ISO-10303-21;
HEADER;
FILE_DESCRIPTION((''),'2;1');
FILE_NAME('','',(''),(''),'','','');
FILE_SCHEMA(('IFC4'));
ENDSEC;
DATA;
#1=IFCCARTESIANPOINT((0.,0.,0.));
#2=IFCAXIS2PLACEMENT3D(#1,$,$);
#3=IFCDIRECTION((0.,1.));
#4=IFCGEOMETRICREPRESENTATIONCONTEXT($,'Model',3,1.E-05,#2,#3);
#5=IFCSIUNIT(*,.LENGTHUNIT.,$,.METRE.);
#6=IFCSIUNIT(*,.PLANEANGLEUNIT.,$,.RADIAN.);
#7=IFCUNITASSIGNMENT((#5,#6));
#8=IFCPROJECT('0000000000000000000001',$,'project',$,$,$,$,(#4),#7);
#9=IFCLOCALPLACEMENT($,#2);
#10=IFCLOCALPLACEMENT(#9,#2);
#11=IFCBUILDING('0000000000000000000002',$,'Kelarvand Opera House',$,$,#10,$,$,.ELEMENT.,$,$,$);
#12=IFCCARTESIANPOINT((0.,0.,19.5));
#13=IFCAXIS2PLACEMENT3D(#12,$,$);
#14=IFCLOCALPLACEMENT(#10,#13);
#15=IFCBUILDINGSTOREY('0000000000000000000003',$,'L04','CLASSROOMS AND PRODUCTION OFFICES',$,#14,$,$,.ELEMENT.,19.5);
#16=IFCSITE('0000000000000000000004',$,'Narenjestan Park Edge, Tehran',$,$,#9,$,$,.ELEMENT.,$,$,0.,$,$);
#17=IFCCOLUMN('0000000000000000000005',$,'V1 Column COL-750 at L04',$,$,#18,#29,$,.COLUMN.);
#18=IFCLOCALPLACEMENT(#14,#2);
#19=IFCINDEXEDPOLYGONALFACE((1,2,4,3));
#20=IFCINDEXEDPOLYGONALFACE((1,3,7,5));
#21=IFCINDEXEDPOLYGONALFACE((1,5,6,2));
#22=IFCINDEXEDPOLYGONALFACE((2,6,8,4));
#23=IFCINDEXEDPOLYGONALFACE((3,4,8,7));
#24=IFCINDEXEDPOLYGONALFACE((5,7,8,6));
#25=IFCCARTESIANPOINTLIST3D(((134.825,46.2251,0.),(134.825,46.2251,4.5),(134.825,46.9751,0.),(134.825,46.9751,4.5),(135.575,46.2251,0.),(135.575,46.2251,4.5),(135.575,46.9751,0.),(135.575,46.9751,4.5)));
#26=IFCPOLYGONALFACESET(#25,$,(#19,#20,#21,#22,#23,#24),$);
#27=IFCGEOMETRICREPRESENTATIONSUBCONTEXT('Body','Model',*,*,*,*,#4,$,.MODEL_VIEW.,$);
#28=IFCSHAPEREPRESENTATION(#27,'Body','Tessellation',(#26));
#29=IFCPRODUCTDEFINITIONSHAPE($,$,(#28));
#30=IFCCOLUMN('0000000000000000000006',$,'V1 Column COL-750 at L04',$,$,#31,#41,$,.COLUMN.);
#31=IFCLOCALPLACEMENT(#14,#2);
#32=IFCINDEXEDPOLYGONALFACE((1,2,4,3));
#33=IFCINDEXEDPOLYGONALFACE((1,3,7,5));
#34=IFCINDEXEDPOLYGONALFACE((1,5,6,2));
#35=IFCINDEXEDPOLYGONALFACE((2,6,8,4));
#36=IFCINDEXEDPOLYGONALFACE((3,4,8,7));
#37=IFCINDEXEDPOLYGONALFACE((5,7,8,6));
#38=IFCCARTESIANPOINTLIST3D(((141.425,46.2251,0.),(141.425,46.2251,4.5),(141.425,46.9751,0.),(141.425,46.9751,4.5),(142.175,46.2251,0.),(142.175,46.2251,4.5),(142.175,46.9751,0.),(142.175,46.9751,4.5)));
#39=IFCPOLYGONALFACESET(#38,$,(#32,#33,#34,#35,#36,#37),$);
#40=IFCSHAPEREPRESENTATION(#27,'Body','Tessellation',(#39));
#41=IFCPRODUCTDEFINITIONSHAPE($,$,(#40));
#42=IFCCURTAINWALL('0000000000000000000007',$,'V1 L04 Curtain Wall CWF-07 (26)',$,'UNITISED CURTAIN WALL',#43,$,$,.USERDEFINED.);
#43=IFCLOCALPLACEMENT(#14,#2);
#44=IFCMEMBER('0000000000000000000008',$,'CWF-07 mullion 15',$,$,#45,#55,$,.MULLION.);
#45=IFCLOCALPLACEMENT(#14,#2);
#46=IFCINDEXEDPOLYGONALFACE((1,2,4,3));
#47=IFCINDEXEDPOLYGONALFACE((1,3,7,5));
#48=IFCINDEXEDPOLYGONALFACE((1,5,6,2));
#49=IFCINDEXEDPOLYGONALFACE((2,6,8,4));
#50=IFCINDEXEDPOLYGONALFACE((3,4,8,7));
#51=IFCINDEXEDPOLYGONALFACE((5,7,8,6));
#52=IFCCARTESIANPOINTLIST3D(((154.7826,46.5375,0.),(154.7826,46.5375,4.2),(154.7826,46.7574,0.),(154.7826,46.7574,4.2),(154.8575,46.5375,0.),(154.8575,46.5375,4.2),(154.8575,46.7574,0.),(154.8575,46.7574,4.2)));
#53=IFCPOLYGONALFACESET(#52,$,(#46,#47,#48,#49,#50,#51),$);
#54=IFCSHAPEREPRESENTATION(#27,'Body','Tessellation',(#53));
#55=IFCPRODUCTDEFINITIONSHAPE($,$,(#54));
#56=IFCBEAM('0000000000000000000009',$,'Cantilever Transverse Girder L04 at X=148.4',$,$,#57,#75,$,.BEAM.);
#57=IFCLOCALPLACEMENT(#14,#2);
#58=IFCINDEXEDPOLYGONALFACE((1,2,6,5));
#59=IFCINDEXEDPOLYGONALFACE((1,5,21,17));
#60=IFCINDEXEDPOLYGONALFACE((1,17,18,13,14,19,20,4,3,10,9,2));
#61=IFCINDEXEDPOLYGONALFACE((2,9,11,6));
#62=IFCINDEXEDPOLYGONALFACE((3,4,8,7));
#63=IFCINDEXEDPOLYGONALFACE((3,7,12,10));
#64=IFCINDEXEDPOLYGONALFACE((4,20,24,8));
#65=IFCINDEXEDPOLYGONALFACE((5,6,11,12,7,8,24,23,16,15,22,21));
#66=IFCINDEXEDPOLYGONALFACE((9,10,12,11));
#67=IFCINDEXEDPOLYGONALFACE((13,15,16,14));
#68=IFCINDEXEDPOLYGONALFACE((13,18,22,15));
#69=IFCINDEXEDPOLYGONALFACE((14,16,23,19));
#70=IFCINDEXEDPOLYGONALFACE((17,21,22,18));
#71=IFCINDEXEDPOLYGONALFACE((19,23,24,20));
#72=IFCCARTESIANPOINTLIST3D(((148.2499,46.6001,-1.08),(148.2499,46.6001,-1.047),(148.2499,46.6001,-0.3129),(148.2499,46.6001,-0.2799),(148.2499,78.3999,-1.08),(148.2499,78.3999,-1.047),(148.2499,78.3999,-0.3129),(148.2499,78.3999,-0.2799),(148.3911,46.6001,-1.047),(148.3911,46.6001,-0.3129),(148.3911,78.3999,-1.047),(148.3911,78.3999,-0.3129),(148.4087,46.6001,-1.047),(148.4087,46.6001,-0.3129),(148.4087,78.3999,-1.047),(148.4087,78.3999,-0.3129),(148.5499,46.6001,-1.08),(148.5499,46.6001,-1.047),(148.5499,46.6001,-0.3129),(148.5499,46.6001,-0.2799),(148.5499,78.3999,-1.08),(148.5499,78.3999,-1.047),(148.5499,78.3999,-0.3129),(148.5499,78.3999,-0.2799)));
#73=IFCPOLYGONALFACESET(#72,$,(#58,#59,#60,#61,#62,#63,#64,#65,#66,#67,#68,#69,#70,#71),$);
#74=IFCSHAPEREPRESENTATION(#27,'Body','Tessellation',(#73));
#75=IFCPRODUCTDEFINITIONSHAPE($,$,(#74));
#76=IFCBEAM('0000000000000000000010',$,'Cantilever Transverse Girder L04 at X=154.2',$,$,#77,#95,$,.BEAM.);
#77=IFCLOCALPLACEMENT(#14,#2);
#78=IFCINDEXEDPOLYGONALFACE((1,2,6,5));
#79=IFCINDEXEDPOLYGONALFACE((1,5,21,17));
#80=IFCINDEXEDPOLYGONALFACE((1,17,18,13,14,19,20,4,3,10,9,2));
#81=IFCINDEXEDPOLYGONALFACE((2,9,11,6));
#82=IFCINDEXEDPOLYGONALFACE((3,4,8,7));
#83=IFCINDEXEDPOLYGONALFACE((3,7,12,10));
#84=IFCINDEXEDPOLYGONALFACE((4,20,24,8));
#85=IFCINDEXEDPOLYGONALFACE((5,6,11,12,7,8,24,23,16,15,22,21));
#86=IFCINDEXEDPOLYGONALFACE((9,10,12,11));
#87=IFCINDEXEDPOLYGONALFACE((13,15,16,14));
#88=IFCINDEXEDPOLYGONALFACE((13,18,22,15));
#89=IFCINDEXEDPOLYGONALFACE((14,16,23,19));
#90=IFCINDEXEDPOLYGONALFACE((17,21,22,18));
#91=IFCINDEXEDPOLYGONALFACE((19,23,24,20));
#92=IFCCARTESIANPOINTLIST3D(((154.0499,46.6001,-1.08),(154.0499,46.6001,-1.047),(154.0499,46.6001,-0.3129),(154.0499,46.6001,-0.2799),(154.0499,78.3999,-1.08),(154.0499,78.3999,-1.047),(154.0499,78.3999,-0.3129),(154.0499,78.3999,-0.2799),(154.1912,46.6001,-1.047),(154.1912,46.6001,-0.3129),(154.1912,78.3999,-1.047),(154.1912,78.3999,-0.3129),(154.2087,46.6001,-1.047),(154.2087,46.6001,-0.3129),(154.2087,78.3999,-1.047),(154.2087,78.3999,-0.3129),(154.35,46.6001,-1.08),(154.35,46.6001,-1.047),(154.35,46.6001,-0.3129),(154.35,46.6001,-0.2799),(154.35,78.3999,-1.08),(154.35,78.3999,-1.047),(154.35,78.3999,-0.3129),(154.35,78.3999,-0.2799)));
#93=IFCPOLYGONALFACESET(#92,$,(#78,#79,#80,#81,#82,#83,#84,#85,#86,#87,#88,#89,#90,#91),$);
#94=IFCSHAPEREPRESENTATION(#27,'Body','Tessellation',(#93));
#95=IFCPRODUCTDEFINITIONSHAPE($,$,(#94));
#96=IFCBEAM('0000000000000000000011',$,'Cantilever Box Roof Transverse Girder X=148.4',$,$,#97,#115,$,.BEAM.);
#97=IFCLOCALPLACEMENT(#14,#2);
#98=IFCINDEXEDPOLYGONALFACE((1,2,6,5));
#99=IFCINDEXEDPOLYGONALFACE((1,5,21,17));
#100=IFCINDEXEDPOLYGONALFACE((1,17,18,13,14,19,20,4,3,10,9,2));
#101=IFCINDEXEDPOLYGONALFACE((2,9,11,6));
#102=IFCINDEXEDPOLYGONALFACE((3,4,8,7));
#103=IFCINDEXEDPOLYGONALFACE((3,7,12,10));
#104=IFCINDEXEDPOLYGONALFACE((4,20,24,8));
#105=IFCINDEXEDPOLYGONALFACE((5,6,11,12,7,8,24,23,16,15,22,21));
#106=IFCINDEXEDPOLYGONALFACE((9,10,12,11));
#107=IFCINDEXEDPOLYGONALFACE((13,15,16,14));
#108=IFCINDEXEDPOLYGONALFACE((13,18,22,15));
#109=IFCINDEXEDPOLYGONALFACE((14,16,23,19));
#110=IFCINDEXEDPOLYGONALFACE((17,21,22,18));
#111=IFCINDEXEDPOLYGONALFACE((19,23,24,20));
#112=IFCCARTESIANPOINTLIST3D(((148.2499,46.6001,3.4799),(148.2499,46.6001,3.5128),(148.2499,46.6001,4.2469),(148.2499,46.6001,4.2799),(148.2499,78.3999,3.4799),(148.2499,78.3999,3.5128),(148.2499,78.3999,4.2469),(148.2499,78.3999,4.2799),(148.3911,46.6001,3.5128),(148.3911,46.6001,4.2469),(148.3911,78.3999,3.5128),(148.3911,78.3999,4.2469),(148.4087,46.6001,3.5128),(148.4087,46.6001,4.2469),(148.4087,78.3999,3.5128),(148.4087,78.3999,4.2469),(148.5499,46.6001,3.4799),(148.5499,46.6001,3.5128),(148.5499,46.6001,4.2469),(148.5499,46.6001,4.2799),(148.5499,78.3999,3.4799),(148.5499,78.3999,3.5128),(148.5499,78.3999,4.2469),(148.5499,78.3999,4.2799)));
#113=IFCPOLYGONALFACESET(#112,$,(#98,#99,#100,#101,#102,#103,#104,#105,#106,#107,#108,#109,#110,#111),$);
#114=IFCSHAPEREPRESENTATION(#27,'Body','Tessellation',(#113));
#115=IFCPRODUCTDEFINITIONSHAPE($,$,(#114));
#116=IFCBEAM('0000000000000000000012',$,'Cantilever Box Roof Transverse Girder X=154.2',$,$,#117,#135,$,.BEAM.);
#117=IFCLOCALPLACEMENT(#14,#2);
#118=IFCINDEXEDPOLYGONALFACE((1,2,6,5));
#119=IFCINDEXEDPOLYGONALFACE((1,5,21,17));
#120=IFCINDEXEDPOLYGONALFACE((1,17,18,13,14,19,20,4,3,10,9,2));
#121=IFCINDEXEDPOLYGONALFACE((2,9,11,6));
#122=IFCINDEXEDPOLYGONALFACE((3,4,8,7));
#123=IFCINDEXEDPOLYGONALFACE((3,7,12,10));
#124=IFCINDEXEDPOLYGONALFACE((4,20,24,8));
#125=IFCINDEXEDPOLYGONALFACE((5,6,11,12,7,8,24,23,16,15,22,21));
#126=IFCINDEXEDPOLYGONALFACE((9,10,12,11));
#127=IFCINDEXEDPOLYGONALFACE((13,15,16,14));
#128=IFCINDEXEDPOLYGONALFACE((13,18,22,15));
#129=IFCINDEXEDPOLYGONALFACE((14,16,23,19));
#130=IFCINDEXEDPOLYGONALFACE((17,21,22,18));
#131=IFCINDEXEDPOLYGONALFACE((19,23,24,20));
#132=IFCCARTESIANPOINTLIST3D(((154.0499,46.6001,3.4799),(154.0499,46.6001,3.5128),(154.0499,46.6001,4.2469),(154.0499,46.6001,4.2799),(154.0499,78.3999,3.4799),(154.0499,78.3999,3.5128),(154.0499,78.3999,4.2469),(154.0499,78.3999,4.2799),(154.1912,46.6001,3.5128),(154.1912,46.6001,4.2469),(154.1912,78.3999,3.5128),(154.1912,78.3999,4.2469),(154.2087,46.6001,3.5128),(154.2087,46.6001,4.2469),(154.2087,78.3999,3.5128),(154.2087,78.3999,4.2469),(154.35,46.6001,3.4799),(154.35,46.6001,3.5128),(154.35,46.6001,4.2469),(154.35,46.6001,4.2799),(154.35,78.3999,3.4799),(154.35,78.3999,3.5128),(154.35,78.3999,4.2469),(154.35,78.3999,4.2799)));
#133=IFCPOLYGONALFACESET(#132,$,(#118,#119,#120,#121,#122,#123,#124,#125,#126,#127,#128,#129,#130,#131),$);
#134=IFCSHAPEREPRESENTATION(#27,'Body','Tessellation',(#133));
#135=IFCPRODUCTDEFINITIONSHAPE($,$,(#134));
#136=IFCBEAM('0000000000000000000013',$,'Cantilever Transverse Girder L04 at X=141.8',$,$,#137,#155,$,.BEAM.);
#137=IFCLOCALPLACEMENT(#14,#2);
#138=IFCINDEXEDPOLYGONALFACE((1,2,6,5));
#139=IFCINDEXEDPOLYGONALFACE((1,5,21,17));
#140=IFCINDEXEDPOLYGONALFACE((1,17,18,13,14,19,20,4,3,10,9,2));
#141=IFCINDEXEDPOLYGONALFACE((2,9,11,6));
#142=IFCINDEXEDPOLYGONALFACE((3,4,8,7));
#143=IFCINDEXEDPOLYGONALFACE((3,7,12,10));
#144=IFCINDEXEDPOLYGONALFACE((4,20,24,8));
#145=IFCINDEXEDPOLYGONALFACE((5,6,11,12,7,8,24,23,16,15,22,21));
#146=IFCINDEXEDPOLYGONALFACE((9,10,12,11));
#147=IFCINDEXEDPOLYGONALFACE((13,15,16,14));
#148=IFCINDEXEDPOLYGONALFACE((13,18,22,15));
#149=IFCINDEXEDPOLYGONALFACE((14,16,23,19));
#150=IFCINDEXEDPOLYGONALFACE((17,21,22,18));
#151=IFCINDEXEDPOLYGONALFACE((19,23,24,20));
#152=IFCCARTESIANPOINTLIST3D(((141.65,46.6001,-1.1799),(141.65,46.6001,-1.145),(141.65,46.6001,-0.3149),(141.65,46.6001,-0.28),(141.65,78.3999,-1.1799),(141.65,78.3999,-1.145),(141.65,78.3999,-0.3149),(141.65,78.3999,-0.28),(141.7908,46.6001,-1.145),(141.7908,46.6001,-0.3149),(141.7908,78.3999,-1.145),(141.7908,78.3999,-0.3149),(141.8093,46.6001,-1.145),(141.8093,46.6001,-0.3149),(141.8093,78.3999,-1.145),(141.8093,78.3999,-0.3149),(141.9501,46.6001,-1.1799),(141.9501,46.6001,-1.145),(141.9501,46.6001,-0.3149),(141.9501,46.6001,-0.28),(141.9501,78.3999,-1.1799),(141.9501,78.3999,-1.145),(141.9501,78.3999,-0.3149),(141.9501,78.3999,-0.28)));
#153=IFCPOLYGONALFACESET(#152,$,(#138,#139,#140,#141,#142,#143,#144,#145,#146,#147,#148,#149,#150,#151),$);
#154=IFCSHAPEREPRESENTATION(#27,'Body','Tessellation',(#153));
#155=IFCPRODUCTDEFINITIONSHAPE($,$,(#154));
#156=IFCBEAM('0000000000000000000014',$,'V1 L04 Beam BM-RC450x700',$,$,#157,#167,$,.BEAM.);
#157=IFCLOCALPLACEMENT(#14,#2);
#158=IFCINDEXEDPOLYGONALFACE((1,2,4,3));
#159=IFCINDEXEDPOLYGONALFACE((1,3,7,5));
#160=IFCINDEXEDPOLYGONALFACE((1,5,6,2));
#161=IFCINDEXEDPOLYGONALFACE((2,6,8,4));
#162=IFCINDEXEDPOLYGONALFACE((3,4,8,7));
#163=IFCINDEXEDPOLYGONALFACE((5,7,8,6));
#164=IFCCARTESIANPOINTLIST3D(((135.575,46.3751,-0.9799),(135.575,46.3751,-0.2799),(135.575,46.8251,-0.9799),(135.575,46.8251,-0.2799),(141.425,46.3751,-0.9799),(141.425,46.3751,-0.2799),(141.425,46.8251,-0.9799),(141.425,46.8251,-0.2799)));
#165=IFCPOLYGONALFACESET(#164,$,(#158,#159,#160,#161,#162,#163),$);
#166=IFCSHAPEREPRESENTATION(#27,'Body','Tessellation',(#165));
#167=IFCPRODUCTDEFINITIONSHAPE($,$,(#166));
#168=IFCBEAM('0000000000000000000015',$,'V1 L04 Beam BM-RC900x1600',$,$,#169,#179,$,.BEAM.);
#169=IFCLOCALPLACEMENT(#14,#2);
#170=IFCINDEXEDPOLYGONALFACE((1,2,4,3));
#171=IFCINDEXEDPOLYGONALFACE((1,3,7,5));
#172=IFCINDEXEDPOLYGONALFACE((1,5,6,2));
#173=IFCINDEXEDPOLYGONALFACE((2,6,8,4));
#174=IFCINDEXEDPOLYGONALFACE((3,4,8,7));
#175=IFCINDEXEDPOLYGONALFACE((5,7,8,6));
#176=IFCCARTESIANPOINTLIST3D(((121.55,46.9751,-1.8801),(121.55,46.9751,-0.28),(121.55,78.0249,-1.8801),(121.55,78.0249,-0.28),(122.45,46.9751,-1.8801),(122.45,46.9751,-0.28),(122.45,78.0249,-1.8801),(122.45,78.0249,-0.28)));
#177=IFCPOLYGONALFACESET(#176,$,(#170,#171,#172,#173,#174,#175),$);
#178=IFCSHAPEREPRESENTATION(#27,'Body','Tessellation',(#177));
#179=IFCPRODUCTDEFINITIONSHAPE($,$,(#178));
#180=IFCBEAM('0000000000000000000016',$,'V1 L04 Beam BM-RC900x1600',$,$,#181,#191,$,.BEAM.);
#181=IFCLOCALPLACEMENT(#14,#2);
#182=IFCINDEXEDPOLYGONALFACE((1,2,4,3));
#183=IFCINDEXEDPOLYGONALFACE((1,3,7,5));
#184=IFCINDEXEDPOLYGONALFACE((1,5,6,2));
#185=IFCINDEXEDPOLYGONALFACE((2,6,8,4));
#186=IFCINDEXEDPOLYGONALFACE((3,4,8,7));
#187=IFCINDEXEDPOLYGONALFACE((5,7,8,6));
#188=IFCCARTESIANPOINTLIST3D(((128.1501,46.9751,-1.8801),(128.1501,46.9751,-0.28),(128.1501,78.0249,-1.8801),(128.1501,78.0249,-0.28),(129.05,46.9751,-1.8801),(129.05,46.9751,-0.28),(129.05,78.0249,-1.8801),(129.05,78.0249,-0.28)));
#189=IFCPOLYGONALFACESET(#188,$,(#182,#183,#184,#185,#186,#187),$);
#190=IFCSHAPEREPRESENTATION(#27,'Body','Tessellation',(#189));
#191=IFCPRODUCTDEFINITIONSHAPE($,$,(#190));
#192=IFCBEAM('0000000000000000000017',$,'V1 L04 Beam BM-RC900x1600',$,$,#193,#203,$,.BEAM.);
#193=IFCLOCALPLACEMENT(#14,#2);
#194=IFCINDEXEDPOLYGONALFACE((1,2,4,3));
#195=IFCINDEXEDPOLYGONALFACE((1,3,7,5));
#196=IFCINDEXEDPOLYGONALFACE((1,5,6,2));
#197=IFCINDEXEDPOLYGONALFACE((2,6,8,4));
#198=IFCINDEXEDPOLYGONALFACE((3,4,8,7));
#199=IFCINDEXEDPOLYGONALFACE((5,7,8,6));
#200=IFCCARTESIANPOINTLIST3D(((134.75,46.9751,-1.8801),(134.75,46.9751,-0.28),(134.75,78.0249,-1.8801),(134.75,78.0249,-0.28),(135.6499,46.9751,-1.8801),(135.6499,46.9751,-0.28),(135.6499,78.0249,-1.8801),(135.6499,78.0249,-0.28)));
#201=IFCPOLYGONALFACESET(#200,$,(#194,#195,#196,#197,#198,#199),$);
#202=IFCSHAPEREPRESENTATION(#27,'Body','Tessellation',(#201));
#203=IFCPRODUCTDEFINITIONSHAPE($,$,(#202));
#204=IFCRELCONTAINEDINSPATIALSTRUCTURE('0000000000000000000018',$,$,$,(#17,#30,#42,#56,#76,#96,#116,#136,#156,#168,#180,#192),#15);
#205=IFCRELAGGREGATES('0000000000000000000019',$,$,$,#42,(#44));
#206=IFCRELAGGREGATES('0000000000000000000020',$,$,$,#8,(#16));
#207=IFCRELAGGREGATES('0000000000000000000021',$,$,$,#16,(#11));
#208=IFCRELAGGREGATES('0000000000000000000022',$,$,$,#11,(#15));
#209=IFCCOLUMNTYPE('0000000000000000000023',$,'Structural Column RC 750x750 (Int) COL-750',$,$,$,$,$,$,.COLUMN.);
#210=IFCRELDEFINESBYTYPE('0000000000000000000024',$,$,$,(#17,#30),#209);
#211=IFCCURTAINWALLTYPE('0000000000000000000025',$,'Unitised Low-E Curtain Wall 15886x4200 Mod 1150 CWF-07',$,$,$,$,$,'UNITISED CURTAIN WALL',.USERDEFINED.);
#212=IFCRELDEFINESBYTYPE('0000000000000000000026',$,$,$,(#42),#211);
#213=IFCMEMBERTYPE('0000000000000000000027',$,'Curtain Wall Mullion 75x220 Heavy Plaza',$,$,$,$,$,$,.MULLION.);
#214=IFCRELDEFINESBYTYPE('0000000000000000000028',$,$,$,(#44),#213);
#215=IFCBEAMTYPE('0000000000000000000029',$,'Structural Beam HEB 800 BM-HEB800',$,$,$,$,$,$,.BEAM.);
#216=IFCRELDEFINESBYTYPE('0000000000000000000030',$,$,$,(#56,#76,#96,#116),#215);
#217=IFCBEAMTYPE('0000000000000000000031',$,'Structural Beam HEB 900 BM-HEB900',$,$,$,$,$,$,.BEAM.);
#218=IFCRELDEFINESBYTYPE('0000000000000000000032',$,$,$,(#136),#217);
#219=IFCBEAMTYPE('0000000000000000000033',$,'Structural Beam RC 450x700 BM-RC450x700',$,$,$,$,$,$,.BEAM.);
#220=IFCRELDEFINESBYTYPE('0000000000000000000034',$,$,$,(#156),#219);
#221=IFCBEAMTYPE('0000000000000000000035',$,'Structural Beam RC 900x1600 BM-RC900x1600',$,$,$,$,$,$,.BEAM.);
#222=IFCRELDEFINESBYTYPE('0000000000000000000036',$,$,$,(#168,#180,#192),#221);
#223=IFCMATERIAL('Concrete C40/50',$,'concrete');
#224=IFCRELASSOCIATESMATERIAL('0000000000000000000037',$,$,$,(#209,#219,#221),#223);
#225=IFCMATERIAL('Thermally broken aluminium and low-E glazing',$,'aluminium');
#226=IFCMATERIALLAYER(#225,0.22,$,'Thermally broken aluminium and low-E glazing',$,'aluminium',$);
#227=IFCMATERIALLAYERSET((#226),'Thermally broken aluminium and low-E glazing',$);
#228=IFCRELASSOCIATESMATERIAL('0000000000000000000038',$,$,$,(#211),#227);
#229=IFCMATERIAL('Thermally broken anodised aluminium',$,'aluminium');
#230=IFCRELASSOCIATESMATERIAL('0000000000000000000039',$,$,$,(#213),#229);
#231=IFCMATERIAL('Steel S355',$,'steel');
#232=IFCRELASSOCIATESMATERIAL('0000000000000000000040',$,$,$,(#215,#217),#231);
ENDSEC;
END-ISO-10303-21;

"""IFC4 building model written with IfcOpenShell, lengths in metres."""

from ifc_helpers import new_model, si_unit, direction, frame, origin, origin_2d, place, context, subcontext, project, spatial, rectangle, i_section, extrude, material, layer, layer_set, material_profile, profile_set, type_object, element, aggregate, save


model = new_model("IFC4")

# Units and contexts
model_context = context("Model", 3, precision=1e-05, world=origin(), true_north=direction((0.0, 1.0)))
body_context = subcontext(model_context, "Body", "Model", "MODEL_VIEW")
ifc_project = project(units=[si_unit("LENGTHUNIT", "METRE"), si_unit("PLANEANGLEUNIT", "RADIAN")], contexts=[model_context])

# Site, building, storey
site_placement = place(None, origin())
site = spatial("IfcSite", under=ifc_project, at=site_placement, Name="Narenjestan Park Edge, Tehran", CompositionType="ELEMENT", RefElevation=0.0)
building_placement = place(site_placement, origin())
building = spatial("IfcBuilding", under=site, at=building_placement, Name="Kelarvand Opera House", CompositionType="ELEMENT")
storey_placement = place(building_placement, frame((0.0, 0.0, 19.5)))
storey = spatial("IfcBuildingStorey", under=building, at=storey_placement, Name="L04", Description="CLASSROOMS AND PRODUCTION OFFICES", CompositionType="ELEMENT", Elevation=19.5)

# Columns
ifc_material_1 = material(Name="Concrete C40/50", Category="concrete")
ifc_material_profile_1 = material_profile(ifc_material_1, rectangle(XDim=0.75, YDim=0.75, at=origin_2d()), Name="RC 750x750", Category="concrete")
ifc_profile_set_1 = profile_set([ifc_material_profile_1], Name="Concrete C40/50")
column_type = type_object("IfcColumnType", Name="Structural Column RC 750x750 (Int) COL-750", PredefinedType="COLUMN", material=ifc_profile_set_1)
for number, where, z_axis, x_axis, name in (
    (1, (135.2, 46.6001, 0.0), (0.0, 0.0, 1.0), (1.0, 0.0, 0.0), "V1 Column COL-750 at L04"),
    (2, (141.8, 46.6001, 0.0), (0.0, 0.0, 1.0), (1.0, 0.0, 0.0), "V1 Column COL-750 at L04"),
):
    element("IfcColumn", number, at=place(storey_placement, frame(where, z_axis=z_axis, x_axis=x_axis)), inside=storey, type_object=column_type, Name=name, PredefinedType="COLUMN", context=body_context, shape_type="SweptSolid", body=[
        extrude(rectangle(XDim=0.75, YDim=0.75, at=origin_2d()), origin(), (0.0, 0.0, 1.0), 4.5),
    ])

# Curtain wall, member
ifc_material_2 = material(Name="Thermally broken aluminium and low-E glazing", Category="aluminium")
ifc_layer_1 = layer(ifc_material_2, 0.22, Name="Thermally broken aluminium and low-E glazing", Category="aluminium")
ifc_layer_set_1 = layer_set([ifc_layer_1], Name="Thermally broken aluminium and low-E glazing")
curtain_wall_type = type_object("IfcCurtainWallType", Name="Unitised Low-E Curtain Wall 15886x4200 Mod 1150 CWF-07", ElementType="UNITISED CURTAIN WALL", PredefinedType="USERDEFINED", material=ifc_layer_set_1)
curtain_wall_placement = place(storey_placement, origin())
curtain_wall = element("IfcCurtainWall", 3, at=curtain_wall_placement, inside=storey, type_object=curtain_wall_type, Name="V1 L04 Curtain Wall CWF-07 (26)", ObjectType="UNITISED CURTAIN WALL", PredefinedType="USERDEFINED")
ifc_material_3 = material(Name="Thermally broken anodised aluminium", Category="aluminium")
ifc_material_profile_2 = material_profile(ifc_material_3, rectangle(XDim=0.075, YDim=0.22, at=origin_2d()), Name="ALU MULLION 75x220", Category="aluminium")
ifc_profile_set_2 = profile_set([ifc_material_profile_2], Name="Thermally broken anodised aluminium")
member_type = type_object("IfcMemberType", Name="Curtain Wall Mullion 75x220 Heavy Plaza", PredefinedType="MULLION", material=ifc_profile_set_2)
member_placement = place(storey_placement, frame((154.8201, 46.6475, 0.0), z_axis=(0.0, 0.0, 1.0), x_axis=(1.0, 0.0, 0.0)))
member = element("IfcMember", 4, at=member_placement, type_object=member_type, Name="CWF-07 mullion 15", PredefinedType="MULLION", context=body_context, shape_type="SweptSolid", body=[
    extrude(rectangle(XDim=0.075, YDim=0.22, at=origin_2d()), origin(), (0.0, 0.0, 1.0), 4.2),
])

# Beams
ifc_material_4 = material(Name="Steel S355", Category="steel")
ifc_material_profile_3 = material_profile(ifc_material_4, i_section(OverallWidth=0.3, OverallDepth=0.8, WebThickness=0.0176, FlangeThickness=0.033, at=origin_2d()), Name="HEB 800", Category="steel")
ifc_profile_set_3 = profile_set([ifc_material_profile_3], Name="Steel S355")
beam_type_1 = type_object("IfcBeamType", Name="Structural Beam HEB 800 BM-HEB800", PredefinedType="BEAM", material=ifc_profile_set_3)
for number, where, z_axis, x_axis, name in (
    (5, (148.3999, 46.6001, -0.6799), (0.0, 1.0, 0.0), (-1.0, 0.0, 0.0), "Cantilever Transverse Girder L04 at X=148.4"),
    (6, (154.2, 46.6001, -0.6799), (0.0, 1.0, 0.0), (-1.0, 0.0, 0.0), "Cantilever Transverse Girder L04 at X=154.2"),
    (7, (148.3999, 46.6001, 3.8799), (0.0, 1.0, 0.0), (-1.0, 0.0, 0.0), "Cantilever Box Roof Transverse Girder X=148.4"),
    (8, (154.2, 46.6001, 3.8799), (0.0, 1.0, 0.0), (-1.0, 0.0, 0.0), "Cantilever Box Roof Transverse Girder X=154.2"),
):
    element("IfcBeam", number, at=place(storey_placement, frame(where, z_axis=z_axis, x_axis=x_axis)), inside=storey, type_object=beam_type_1, Name=name, PredefinedType="BEAM", context=body_context, shape_type="SweptSolid", body=[
        extrude(i_section(OverallWidth=0.3, OverallDepth=0.8, WebThickness=0.0176, FlangeThickness=0.033, at=origin_2d()), origin(), (0.0, 0.0, 1.0), 31.7998),
    ])
ifc_material_profile_4 = material_profile(ifc_material_4, i_section(OverallWidth=0.3, OverallDepth=0.8999, WebThickness=0.0186, FlangeThickness=0.0349, at=origin_2d()), Name="HEB 900", Category="steel")
ifc_profile_set_4 = profile_set([ifc_material_profile_4], Name="Steel S355")
beam_type_2 = type_object("IfcBeamType", Name="Structural Beam HEB 900 BM-HEB900", PredefinedType="BEAM", material=ifc_profile_set_4)
beam_1_placement = place(storey_placement, frame((141.8, 46.6001, -0.73), z_axis=(0.0, 1.0, 0.0), x_axis=(-1.0, 0.0, 0.0)))
element("IfcBeam", 9, at=beam_1_placement, inside=storey, type_object=beam_type_2, Name="Cantilever Transverse Girder L04 at X=141.8", PredefinedType="BEAM", context=body_context, shape_type="SweptSolid", body=[
    extrude(i_section(OverallWidth=0.3, OverallDepth=0.8999, WebThickness=0.0186, FlangeThickness=0.0349, at=origin_2d()), origin(), (0.0, 0.0, 1.0), 31.7998),
])
ifc_material_profile_5 = material_profile(ifc_material_1, rectangle(XDim=0.45, YDim=0.7, at=origin_2d()), Name="RC 450x700", Category="concrete")
ifc_profile_set_5 = profile_set([ifc_material_profile_5], Name="Concrete C40/50")
beam_type_3 = type_object("IfcBeamType", Name="Structural Beam RC 450x700 BM-RC450x700", PredefinedType="BEAM", material=ifc_profile_set_5)
beam_2_placement = place(storey_placement, frame((135.575, 46.6001, -0.6299), z_axis=(1.0, 0.0, 0.0), x_axis=(0.0, 1.0, 0.0)))
element("IfcBeam", 10, at=beam_2_placement, inside=storey, type_object=beam_type_3, Name="V1 L04 Beam BM-RC450x700", PredefinedType="BEAM", context=body_context, shape_type="SweptSolid", body=[
    extrude(rectangle(XDim=0.45, YDim=0.7, at=origin_2d()), origin(), (0.0, 0.0, 1.0), 5.8501),
])
ifc_material_profile_6 = material_profile(ifc_material_1, rectangle(XDim=0.8999, YDim=1.6001, at=origin_2d()), Name="RC 900x1600", Category="concrete")
ifc_profile_set_6 = profile_set([ifc_material_profile_6], Name="Concrete C40/50")
beam_type_4 = type_object("IfcBeamType", Name="Structural Beam RC 900x1600 BM-RC900x1600", PredefinedType="BEAM", material=ifc_profile_set_6)
for number, where, z_axis, x_axis, name in (
    (11, (122.0, 46.9751, -1.0801), (0.0, 1.0, 0.0), (-1.0, 0.0, 0.0), "V1 L04 Beam BM-RC900x1600"),
    (12, (128.6001, 46.9751, -1.0801), (0.0, 1.0, 0.0), (-1.0, 0.0, 0.0), "V1 L04 Beam BM-RC900x1600"),
    (13, (135.2, 46.9751, -1.0801), (0.0, 1.0, 0.0), (-1.0, 0.0, 0.0), "V1 L04 Beam BM-RC900x1600"),
):
    element("IfcBeam", number, at=place(storey_placement, frame(where, z_axis=z_axis, x_axis=x_axis)), inside=storey, type_object=beam_type_4, Name=name, PredefinedType="BEAM", context=body_context, shape_type="SweptSolid", body=[
        extrude(rectangle(XDim=0.8999, YDim=1.6001, at=origin_2d()), origin(), (0.0, 0.0, 1.0), 31.0498),
    ])

aggregate(curtain_wall, [member])

save(model, "model.ifc")
